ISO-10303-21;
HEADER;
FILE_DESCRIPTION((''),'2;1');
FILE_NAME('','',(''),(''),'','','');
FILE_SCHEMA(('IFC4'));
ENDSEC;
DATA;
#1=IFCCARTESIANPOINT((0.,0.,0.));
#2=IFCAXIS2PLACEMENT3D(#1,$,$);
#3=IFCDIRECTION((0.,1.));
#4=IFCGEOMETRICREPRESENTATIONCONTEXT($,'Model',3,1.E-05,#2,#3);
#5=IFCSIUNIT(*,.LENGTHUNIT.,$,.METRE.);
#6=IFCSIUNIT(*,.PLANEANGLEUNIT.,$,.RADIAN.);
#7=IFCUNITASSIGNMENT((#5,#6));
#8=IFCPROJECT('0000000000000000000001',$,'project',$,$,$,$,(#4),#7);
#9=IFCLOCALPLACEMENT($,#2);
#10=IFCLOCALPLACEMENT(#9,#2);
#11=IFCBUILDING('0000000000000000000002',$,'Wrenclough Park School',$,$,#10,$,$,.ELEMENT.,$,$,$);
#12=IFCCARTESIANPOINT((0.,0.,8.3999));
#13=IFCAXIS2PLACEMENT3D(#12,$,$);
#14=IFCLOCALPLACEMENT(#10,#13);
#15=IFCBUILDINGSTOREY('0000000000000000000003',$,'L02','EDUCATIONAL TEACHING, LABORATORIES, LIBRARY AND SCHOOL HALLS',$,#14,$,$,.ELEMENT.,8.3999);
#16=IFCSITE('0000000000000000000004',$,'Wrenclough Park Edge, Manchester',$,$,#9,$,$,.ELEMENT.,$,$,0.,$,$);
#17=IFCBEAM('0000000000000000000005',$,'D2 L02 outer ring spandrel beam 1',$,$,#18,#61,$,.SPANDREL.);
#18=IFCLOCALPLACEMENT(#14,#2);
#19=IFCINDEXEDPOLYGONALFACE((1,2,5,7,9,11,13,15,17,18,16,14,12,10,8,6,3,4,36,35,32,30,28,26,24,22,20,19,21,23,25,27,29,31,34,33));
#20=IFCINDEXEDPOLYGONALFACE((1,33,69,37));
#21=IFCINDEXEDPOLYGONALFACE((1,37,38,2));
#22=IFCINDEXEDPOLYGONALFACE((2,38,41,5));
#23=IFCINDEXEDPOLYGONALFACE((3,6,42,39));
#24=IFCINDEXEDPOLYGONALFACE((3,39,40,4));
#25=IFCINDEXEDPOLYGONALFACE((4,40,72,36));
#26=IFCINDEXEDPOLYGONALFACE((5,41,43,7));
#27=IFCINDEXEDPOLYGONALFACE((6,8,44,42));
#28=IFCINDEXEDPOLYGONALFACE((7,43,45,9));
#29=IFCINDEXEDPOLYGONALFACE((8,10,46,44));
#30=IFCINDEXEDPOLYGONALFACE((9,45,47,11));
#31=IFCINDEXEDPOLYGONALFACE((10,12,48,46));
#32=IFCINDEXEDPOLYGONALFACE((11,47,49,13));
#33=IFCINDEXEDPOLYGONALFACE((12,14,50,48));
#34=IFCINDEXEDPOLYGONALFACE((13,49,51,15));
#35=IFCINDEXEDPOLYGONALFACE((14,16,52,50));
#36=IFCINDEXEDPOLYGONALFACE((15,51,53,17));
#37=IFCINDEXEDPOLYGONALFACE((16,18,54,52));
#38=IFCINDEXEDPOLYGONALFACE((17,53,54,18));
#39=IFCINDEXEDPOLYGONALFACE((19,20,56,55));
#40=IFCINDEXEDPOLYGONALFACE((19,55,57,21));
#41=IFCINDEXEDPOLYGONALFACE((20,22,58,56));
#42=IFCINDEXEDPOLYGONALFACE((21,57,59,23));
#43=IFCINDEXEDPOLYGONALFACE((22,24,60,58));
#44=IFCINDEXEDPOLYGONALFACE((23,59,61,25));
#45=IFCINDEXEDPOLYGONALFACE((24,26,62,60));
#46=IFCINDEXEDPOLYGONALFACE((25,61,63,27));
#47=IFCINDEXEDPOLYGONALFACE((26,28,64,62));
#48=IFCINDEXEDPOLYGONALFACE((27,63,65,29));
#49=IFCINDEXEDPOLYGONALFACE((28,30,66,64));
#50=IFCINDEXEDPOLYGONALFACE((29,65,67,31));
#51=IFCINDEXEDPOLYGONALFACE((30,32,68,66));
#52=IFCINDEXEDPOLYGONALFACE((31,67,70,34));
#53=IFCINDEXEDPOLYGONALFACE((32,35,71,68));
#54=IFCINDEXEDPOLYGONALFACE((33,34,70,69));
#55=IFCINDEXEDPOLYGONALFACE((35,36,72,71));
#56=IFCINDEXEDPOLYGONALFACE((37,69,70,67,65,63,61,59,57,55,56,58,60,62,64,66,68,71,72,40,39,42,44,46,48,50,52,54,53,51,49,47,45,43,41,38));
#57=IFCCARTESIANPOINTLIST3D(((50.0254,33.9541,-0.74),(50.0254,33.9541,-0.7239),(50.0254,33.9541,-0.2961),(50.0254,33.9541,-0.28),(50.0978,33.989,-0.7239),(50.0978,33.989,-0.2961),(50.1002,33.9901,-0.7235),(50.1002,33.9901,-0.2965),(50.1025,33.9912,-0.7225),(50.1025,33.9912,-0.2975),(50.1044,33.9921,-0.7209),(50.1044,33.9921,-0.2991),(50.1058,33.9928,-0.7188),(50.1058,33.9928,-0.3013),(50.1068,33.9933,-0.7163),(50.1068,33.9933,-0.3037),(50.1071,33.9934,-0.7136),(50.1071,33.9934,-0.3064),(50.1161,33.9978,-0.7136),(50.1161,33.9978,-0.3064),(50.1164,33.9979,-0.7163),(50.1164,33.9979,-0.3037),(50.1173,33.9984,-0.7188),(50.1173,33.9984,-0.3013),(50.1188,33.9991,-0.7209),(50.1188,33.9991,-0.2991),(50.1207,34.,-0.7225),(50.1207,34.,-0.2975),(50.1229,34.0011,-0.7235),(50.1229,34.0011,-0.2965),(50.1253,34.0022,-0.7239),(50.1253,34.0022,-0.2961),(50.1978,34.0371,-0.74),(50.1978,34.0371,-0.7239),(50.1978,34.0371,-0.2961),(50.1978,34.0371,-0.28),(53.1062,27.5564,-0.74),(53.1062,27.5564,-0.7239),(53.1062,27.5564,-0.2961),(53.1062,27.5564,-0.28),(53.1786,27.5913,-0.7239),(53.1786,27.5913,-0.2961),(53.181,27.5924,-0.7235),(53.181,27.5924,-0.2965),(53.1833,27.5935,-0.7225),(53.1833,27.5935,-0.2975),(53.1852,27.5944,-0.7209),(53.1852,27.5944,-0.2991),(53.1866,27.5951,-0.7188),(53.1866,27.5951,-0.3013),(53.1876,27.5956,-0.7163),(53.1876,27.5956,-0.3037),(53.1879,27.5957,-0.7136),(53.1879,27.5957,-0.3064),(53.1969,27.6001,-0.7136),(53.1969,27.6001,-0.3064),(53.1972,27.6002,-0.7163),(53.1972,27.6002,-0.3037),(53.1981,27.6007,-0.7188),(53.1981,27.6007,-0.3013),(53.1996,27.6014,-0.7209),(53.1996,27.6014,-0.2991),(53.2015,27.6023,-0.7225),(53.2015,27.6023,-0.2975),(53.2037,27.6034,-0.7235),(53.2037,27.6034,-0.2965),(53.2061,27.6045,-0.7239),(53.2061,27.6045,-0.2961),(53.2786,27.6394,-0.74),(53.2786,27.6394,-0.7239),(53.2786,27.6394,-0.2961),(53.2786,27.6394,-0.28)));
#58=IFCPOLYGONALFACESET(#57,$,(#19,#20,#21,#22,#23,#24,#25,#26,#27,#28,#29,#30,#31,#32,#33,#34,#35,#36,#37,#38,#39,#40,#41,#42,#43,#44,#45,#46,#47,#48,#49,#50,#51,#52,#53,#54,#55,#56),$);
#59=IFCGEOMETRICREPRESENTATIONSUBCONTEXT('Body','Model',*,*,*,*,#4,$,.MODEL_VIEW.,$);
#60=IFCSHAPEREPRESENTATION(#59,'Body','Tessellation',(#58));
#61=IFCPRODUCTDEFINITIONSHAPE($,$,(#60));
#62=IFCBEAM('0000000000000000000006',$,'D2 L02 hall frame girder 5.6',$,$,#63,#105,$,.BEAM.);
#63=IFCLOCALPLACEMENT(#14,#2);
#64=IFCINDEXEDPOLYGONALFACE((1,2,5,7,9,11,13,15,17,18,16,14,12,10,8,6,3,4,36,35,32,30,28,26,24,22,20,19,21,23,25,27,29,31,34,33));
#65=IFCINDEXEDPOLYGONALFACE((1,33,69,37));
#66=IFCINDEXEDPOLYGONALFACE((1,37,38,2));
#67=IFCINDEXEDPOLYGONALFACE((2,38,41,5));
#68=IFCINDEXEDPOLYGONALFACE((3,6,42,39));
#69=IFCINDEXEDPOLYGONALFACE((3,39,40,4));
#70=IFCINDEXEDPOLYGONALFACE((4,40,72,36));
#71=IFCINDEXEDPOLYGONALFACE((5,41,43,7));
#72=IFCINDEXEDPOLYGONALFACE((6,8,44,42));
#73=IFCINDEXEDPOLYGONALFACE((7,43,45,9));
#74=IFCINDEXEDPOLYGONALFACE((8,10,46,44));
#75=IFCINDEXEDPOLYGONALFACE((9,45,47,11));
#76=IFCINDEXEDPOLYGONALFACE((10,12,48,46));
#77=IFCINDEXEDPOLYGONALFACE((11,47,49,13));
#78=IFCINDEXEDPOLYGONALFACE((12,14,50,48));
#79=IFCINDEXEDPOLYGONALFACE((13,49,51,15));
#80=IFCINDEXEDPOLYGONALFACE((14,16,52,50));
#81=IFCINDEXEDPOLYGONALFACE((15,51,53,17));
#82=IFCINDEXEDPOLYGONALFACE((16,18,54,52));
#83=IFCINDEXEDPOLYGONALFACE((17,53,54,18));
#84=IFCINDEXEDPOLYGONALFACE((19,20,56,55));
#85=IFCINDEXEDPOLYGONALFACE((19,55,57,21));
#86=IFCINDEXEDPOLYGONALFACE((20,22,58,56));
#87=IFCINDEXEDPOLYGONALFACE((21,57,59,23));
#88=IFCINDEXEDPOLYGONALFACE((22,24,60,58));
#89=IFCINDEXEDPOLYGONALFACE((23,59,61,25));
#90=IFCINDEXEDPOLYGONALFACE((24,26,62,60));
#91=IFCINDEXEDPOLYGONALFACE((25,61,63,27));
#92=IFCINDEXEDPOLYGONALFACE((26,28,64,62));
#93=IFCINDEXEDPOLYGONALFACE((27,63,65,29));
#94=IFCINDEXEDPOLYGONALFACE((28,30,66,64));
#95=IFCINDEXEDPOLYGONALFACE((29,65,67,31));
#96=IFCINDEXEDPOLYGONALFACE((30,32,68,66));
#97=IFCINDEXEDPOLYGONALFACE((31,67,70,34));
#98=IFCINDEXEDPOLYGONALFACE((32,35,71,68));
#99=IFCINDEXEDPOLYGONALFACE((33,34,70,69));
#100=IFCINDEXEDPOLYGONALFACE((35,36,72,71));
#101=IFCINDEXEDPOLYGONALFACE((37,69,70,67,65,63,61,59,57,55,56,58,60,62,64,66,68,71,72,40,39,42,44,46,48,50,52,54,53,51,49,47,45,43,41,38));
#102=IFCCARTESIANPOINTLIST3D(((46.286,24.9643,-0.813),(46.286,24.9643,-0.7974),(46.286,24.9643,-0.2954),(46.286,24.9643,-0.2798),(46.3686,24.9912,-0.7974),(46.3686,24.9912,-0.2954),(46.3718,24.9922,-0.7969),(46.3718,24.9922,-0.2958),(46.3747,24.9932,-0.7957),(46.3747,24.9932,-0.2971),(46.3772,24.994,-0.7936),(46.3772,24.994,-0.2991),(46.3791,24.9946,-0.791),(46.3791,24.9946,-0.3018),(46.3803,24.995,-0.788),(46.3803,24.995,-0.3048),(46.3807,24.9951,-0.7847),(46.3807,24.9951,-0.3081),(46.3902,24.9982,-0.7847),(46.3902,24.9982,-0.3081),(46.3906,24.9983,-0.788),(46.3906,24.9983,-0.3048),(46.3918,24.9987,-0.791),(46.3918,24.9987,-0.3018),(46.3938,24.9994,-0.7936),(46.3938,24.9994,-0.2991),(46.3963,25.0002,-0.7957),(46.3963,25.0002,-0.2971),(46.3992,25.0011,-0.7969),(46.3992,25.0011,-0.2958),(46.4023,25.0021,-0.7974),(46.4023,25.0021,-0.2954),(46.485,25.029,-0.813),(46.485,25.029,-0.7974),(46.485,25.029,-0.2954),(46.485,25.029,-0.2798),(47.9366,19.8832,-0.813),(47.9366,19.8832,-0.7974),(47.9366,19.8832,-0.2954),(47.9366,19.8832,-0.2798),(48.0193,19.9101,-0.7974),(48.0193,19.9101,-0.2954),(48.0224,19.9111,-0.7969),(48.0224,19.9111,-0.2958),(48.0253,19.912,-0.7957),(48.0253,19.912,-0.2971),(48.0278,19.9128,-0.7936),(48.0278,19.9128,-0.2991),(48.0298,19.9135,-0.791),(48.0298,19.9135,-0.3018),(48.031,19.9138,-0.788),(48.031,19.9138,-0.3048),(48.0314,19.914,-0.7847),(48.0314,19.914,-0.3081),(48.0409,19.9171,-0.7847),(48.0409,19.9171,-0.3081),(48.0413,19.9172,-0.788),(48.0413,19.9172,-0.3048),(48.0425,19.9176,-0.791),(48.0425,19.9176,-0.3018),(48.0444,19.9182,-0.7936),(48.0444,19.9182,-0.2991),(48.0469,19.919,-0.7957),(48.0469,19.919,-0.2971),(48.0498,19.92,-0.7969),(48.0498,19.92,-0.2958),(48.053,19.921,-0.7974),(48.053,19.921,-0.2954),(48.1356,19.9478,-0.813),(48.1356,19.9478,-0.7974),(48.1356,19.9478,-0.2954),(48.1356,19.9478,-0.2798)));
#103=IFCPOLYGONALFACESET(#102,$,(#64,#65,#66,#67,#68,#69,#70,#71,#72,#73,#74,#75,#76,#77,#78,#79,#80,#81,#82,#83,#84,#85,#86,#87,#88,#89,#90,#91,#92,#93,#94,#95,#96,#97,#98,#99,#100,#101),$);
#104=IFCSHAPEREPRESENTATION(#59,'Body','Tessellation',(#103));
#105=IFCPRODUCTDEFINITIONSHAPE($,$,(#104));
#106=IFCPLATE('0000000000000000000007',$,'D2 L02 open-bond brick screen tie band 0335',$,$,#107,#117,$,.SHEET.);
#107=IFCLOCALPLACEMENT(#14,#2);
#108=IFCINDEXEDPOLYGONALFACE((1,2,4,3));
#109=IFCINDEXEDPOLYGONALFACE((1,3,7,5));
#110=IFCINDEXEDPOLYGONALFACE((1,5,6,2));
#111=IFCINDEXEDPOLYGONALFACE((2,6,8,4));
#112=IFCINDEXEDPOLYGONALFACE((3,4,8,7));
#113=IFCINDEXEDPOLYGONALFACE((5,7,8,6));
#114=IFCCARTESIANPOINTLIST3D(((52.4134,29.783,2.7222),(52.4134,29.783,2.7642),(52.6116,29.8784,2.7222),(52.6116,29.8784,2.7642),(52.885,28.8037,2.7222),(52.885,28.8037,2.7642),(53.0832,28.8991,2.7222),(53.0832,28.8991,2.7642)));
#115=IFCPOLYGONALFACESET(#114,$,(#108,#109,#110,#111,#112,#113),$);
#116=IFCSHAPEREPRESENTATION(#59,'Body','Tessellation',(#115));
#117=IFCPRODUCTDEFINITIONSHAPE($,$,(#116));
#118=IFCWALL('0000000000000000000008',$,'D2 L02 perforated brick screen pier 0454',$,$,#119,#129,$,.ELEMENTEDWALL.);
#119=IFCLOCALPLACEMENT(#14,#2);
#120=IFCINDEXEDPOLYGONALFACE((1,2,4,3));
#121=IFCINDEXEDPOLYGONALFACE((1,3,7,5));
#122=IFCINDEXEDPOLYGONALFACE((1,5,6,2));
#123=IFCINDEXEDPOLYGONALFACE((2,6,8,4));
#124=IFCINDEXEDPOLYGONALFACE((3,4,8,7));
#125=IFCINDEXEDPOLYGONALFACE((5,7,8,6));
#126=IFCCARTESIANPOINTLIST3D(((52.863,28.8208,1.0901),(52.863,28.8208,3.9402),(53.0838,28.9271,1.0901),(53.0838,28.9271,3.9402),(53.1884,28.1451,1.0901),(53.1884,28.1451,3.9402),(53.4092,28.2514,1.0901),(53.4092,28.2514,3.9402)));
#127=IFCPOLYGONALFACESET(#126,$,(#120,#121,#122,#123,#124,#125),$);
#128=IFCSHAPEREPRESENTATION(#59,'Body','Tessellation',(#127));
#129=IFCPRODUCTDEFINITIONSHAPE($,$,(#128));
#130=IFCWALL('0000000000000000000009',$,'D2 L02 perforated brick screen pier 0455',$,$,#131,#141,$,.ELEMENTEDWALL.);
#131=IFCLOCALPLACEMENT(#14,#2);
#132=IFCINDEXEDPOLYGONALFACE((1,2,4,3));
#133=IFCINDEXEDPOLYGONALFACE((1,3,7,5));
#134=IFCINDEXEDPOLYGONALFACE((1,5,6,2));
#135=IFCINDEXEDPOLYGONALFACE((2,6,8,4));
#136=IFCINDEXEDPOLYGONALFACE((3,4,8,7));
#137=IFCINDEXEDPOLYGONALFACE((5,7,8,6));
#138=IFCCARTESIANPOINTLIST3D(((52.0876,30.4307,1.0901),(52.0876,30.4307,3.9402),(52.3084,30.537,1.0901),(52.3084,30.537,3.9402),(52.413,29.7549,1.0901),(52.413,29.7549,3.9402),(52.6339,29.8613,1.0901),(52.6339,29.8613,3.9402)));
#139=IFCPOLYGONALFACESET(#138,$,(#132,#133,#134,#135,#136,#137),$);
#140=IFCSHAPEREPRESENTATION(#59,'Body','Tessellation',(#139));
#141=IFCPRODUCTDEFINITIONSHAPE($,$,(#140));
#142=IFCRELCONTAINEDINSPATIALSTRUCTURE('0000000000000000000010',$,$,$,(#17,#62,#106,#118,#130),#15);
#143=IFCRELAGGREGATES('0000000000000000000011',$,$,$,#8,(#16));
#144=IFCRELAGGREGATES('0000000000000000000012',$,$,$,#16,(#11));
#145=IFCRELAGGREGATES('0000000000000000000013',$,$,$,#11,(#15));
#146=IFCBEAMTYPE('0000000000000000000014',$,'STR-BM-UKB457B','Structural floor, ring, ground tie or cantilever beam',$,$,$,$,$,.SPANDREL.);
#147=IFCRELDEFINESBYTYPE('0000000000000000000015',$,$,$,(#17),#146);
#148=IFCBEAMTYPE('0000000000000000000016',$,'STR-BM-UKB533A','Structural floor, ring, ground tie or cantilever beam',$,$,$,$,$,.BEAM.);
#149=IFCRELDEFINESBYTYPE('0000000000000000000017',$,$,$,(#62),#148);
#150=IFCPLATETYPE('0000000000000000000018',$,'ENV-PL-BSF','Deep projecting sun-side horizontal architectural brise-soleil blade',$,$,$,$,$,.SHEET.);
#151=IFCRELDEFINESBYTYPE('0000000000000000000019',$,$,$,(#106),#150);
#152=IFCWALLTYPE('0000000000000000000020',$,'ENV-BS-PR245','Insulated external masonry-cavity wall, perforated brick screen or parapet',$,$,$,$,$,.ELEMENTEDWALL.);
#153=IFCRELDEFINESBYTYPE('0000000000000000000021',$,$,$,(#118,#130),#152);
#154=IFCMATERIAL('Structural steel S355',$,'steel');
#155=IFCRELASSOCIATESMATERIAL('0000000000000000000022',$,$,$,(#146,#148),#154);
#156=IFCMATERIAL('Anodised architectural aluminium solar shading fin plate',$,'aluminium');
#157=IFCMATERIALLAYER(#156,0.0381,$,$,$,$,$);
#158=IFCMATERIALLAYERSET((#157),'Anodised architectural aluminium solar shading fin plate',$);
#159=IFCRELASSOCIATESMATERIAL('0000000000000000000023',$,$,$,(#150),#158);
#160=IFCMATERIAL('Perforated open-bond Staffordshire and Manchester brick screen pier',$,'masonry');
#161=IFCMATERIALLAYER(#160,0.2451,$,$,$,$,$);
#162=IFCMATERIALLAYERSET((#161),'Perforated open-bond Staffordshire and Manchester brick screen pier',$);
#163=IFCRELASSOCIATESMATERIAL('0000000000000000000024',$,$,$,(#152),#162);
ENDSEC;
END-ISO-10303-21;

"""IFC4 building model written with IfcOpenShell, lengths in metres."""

from ifc_helpers import new_model, si_unit, direction, frame, frame_2d, origin, origin_2d, place, context, subcontext, project, spatial, rectangle, i_section, extrude, material, layer, layer_set, material_profile, profile_set, type_object, element, save


model = new_model("IFC4")

# Units and contexts
model_context = context("Model", 3, precision=1e-05, world=origin(), true_north=direction((0.0, 1.0)))
body_context = subcontext(model_context, "Body", "Model", "MODEL_VIEW")
ifc_project = project(units=[si_unit("LENGTHUNIT", "METRE"), si_unit("PLANEANGLEUNIT", "RADIAN")], contexts=[model_context])

# Site, building, storey
site_placement = place(None, origin())
site = spatial("IfcSite", under=ifc_project, at=site_placement, Name="Wrenclough Park Edge, Manchester", CompositionType="ELEMENT", RefElevation=0.0)
building_placement = place(site_placement, origin())
building = spatial("IfcBuilding", under=site, at=building_placement, Name="Wrenclough Park School", CompositionType="ELEMENT")
storey_placement = place(building_placement, frame((0.0, 0.0, 8.3999)))
storey = spatial("IfcBuildingStorey", under=building, at=storey_placement, Name="L02", Description="EDUCATIONAL TEACHING, LABORATORIES, LIBRARY AND SCHOOL HALLS", CompositionType="ELEMENT", Elevation=8.3999)

# Shared definitions
ifc_material_1 = material(Name="Structural steel S355", Category="steel")

# Beams
ifc_material_profile_1 = material_profile(ifc_material_1, i_section(OverallWidth=0.1914, OverallDepth=0.46, WebThickness=0.01, FlangeThickness=0.0161, FilletRadius=0.0103, at=origin_2d()), Name="UKB 457x191x82")
ifc_profile_set_1 = profile_set([ifc_material_profile_1], Name="Structural steel S355")
beam_type_1 = type_object("IfcBeamType", Name="STR-BM-UKB457B", Description="Structural floor, ring, ground tie or cantilever beam", PredefinedType="SPANDREL", material=ifc_profile_set_1)
beam_1_placement = place(storey_placement, frame((53.1924, 27.5979, -0.51), z_axis=(-0.433865, 0.900978, 0.0), x_axis=(-0.900978, -0.433865, 0.0)))
element("IfcBeam", 1, at=beam_1_placement, inside=storey, type_object=beam_type_1, Name="D2 L02 outer ring spandrel beam 1", PredefinedType="SPANDREL", context=body_context, shape_type="SweptSolid", body=[
    extrude(i_section(OverallWidth=0.1914, OverallDepth=0.46, WebThickness=0.01, FlangeThickness=0.0161, FilletRadius=0.0103, at=origin_2d()), origin(), (0.0, 0.0, 1.0), 7.1008),
])
ifc_material_profile_2 = material_profile(ifc_material_1, i_section(OverallWidth=0.2092, OverallDepth=0.5332, WebThickness=0.01, FlangeThickness=0.0156, FilletRadius=0.0127, at=origin_2d()), Name="UKB 533x210x92")
ifc_profile_set_2 = profile_set([ifc_material_profile_2], Name="Structural steel S355")
beam_type_2 = type_object("IfcBeamType", Name="STR-BM-UKB533A", Description="Structural floor, ring, ground tie or cantilever beam", PredefinedType="BEAM", material=ifc_profile_set_2)
beam_2_placement = place(storey_placement, frame((48.0361, 19.9155, -0.5464), z_axis=(-0.308966, 0.951073, 0.0), x_axis=(-0.951073, -0.308966, 0.0)))
element("IfcBeam", 2, at=beam_2_placement, inside=storey, type_object=beam_type_2, Name="D2 L02 hall frame girder 5.6", PredefinedType="BEAM", context=body_context, shape_type="SweptSolid", body=[
    extrude(i_section(OverallWidth=0.2092, OverallDepth=0.5332, WebThickness=0.01, FlangeThickness=0.0156, FilletRadius=0.0127, at=origin_2d()), origin(), (0.0, 0.0, 1.0), 5.3425),
])

# Plate
ifc_material_2 = material(Name="Anodised architectural aluminium solar shading fin plate", Category="aluminium")
ifc_layer_1 = layer(ifc_material_2, 0.0381)
ifc_layer_set_1 = layer_set([ifc_layer_1], Name="Anodised architectural aluminium solar shading fin plate")
plate_type = type_object("IfcPlateType", Name="ENV-PL-BSF", Description="Deep projecting sun-side horizontal architectural brise-soleil blade", PredefinedType="SHEET", material=ifc_layer_set_1)
plate_placement = place(storey_placement, frame((52.7483, 29.3411, 2.7222), z_axis=(0.0, 0.0, 1.0), x_axis=(-0.433884, 0.900969, 0.0)))
element("IfcPlate", 3, at=plate_placement, inside=storey, type_object=plate_type, Name="D2 L02 open-bond brick screen tie band 0335", PredefinedType="SHEET", context=body_context, shape_type="SweptSolid", body=[
    extrude(rectangle(XDim=1.0869, YDim=0.22, at=origin_2d()), origin(), (0.0, 0.0, 1.0), 0.042),
])

# Walls
ifc_material_3 = material(Name="Perforated open-bond Staffordshire and Manchester brick screen pier", Category="masonry")
ifc_layer_2 = layer(ifc_material_3, 0.2451)
ifc_layer_set_2 = layer_set([ifc_layer_2], Name="Perforated open-bond Staffordshire and Manchester brick screen pier")
wall_type_1 = type_object("IfcWallType", Name="ENV-BS-PR245", Description="Insulated external masonry-cavity wall, perforated brick screen or parapet", PredefinedType="ELEMENTEDWALL", material=ifc_layer_set_2)
for number, where, z_axis, x_axis, name in (
    (4, (53.2988, 28.1982, 1.0901), (0.0, 0.0, 1.0), (-0.433884, 0.900969, 0.0), "D2 L02 perforated brick screen pier 0454"),
    (5, (52.5234, 29.8081, 1.0901), (0.0, 0.0, 1.0), (-0.433884, 0.900969, 0.0), "D2 L02 perforated brick screen pier 0455"),
):
    element("IfcWall", number, at=place(storey_placement, frame(where, z_axis=z_axis, x_axis=x_axis)), inside=storey, type_object=wall_type_1, Name=name, PredefinedType="ELEMENTEDWALL", context=body_context, shape_type="SweptSolid", body=[
        extrude(rectangle(XDim=0.75, YDim=0.2451, at=frame_2d((0.375, 0.0))), origin(), (0.0, 0.0, 1.0), 2.8501),
    ])

save(model, "model.ifc")
